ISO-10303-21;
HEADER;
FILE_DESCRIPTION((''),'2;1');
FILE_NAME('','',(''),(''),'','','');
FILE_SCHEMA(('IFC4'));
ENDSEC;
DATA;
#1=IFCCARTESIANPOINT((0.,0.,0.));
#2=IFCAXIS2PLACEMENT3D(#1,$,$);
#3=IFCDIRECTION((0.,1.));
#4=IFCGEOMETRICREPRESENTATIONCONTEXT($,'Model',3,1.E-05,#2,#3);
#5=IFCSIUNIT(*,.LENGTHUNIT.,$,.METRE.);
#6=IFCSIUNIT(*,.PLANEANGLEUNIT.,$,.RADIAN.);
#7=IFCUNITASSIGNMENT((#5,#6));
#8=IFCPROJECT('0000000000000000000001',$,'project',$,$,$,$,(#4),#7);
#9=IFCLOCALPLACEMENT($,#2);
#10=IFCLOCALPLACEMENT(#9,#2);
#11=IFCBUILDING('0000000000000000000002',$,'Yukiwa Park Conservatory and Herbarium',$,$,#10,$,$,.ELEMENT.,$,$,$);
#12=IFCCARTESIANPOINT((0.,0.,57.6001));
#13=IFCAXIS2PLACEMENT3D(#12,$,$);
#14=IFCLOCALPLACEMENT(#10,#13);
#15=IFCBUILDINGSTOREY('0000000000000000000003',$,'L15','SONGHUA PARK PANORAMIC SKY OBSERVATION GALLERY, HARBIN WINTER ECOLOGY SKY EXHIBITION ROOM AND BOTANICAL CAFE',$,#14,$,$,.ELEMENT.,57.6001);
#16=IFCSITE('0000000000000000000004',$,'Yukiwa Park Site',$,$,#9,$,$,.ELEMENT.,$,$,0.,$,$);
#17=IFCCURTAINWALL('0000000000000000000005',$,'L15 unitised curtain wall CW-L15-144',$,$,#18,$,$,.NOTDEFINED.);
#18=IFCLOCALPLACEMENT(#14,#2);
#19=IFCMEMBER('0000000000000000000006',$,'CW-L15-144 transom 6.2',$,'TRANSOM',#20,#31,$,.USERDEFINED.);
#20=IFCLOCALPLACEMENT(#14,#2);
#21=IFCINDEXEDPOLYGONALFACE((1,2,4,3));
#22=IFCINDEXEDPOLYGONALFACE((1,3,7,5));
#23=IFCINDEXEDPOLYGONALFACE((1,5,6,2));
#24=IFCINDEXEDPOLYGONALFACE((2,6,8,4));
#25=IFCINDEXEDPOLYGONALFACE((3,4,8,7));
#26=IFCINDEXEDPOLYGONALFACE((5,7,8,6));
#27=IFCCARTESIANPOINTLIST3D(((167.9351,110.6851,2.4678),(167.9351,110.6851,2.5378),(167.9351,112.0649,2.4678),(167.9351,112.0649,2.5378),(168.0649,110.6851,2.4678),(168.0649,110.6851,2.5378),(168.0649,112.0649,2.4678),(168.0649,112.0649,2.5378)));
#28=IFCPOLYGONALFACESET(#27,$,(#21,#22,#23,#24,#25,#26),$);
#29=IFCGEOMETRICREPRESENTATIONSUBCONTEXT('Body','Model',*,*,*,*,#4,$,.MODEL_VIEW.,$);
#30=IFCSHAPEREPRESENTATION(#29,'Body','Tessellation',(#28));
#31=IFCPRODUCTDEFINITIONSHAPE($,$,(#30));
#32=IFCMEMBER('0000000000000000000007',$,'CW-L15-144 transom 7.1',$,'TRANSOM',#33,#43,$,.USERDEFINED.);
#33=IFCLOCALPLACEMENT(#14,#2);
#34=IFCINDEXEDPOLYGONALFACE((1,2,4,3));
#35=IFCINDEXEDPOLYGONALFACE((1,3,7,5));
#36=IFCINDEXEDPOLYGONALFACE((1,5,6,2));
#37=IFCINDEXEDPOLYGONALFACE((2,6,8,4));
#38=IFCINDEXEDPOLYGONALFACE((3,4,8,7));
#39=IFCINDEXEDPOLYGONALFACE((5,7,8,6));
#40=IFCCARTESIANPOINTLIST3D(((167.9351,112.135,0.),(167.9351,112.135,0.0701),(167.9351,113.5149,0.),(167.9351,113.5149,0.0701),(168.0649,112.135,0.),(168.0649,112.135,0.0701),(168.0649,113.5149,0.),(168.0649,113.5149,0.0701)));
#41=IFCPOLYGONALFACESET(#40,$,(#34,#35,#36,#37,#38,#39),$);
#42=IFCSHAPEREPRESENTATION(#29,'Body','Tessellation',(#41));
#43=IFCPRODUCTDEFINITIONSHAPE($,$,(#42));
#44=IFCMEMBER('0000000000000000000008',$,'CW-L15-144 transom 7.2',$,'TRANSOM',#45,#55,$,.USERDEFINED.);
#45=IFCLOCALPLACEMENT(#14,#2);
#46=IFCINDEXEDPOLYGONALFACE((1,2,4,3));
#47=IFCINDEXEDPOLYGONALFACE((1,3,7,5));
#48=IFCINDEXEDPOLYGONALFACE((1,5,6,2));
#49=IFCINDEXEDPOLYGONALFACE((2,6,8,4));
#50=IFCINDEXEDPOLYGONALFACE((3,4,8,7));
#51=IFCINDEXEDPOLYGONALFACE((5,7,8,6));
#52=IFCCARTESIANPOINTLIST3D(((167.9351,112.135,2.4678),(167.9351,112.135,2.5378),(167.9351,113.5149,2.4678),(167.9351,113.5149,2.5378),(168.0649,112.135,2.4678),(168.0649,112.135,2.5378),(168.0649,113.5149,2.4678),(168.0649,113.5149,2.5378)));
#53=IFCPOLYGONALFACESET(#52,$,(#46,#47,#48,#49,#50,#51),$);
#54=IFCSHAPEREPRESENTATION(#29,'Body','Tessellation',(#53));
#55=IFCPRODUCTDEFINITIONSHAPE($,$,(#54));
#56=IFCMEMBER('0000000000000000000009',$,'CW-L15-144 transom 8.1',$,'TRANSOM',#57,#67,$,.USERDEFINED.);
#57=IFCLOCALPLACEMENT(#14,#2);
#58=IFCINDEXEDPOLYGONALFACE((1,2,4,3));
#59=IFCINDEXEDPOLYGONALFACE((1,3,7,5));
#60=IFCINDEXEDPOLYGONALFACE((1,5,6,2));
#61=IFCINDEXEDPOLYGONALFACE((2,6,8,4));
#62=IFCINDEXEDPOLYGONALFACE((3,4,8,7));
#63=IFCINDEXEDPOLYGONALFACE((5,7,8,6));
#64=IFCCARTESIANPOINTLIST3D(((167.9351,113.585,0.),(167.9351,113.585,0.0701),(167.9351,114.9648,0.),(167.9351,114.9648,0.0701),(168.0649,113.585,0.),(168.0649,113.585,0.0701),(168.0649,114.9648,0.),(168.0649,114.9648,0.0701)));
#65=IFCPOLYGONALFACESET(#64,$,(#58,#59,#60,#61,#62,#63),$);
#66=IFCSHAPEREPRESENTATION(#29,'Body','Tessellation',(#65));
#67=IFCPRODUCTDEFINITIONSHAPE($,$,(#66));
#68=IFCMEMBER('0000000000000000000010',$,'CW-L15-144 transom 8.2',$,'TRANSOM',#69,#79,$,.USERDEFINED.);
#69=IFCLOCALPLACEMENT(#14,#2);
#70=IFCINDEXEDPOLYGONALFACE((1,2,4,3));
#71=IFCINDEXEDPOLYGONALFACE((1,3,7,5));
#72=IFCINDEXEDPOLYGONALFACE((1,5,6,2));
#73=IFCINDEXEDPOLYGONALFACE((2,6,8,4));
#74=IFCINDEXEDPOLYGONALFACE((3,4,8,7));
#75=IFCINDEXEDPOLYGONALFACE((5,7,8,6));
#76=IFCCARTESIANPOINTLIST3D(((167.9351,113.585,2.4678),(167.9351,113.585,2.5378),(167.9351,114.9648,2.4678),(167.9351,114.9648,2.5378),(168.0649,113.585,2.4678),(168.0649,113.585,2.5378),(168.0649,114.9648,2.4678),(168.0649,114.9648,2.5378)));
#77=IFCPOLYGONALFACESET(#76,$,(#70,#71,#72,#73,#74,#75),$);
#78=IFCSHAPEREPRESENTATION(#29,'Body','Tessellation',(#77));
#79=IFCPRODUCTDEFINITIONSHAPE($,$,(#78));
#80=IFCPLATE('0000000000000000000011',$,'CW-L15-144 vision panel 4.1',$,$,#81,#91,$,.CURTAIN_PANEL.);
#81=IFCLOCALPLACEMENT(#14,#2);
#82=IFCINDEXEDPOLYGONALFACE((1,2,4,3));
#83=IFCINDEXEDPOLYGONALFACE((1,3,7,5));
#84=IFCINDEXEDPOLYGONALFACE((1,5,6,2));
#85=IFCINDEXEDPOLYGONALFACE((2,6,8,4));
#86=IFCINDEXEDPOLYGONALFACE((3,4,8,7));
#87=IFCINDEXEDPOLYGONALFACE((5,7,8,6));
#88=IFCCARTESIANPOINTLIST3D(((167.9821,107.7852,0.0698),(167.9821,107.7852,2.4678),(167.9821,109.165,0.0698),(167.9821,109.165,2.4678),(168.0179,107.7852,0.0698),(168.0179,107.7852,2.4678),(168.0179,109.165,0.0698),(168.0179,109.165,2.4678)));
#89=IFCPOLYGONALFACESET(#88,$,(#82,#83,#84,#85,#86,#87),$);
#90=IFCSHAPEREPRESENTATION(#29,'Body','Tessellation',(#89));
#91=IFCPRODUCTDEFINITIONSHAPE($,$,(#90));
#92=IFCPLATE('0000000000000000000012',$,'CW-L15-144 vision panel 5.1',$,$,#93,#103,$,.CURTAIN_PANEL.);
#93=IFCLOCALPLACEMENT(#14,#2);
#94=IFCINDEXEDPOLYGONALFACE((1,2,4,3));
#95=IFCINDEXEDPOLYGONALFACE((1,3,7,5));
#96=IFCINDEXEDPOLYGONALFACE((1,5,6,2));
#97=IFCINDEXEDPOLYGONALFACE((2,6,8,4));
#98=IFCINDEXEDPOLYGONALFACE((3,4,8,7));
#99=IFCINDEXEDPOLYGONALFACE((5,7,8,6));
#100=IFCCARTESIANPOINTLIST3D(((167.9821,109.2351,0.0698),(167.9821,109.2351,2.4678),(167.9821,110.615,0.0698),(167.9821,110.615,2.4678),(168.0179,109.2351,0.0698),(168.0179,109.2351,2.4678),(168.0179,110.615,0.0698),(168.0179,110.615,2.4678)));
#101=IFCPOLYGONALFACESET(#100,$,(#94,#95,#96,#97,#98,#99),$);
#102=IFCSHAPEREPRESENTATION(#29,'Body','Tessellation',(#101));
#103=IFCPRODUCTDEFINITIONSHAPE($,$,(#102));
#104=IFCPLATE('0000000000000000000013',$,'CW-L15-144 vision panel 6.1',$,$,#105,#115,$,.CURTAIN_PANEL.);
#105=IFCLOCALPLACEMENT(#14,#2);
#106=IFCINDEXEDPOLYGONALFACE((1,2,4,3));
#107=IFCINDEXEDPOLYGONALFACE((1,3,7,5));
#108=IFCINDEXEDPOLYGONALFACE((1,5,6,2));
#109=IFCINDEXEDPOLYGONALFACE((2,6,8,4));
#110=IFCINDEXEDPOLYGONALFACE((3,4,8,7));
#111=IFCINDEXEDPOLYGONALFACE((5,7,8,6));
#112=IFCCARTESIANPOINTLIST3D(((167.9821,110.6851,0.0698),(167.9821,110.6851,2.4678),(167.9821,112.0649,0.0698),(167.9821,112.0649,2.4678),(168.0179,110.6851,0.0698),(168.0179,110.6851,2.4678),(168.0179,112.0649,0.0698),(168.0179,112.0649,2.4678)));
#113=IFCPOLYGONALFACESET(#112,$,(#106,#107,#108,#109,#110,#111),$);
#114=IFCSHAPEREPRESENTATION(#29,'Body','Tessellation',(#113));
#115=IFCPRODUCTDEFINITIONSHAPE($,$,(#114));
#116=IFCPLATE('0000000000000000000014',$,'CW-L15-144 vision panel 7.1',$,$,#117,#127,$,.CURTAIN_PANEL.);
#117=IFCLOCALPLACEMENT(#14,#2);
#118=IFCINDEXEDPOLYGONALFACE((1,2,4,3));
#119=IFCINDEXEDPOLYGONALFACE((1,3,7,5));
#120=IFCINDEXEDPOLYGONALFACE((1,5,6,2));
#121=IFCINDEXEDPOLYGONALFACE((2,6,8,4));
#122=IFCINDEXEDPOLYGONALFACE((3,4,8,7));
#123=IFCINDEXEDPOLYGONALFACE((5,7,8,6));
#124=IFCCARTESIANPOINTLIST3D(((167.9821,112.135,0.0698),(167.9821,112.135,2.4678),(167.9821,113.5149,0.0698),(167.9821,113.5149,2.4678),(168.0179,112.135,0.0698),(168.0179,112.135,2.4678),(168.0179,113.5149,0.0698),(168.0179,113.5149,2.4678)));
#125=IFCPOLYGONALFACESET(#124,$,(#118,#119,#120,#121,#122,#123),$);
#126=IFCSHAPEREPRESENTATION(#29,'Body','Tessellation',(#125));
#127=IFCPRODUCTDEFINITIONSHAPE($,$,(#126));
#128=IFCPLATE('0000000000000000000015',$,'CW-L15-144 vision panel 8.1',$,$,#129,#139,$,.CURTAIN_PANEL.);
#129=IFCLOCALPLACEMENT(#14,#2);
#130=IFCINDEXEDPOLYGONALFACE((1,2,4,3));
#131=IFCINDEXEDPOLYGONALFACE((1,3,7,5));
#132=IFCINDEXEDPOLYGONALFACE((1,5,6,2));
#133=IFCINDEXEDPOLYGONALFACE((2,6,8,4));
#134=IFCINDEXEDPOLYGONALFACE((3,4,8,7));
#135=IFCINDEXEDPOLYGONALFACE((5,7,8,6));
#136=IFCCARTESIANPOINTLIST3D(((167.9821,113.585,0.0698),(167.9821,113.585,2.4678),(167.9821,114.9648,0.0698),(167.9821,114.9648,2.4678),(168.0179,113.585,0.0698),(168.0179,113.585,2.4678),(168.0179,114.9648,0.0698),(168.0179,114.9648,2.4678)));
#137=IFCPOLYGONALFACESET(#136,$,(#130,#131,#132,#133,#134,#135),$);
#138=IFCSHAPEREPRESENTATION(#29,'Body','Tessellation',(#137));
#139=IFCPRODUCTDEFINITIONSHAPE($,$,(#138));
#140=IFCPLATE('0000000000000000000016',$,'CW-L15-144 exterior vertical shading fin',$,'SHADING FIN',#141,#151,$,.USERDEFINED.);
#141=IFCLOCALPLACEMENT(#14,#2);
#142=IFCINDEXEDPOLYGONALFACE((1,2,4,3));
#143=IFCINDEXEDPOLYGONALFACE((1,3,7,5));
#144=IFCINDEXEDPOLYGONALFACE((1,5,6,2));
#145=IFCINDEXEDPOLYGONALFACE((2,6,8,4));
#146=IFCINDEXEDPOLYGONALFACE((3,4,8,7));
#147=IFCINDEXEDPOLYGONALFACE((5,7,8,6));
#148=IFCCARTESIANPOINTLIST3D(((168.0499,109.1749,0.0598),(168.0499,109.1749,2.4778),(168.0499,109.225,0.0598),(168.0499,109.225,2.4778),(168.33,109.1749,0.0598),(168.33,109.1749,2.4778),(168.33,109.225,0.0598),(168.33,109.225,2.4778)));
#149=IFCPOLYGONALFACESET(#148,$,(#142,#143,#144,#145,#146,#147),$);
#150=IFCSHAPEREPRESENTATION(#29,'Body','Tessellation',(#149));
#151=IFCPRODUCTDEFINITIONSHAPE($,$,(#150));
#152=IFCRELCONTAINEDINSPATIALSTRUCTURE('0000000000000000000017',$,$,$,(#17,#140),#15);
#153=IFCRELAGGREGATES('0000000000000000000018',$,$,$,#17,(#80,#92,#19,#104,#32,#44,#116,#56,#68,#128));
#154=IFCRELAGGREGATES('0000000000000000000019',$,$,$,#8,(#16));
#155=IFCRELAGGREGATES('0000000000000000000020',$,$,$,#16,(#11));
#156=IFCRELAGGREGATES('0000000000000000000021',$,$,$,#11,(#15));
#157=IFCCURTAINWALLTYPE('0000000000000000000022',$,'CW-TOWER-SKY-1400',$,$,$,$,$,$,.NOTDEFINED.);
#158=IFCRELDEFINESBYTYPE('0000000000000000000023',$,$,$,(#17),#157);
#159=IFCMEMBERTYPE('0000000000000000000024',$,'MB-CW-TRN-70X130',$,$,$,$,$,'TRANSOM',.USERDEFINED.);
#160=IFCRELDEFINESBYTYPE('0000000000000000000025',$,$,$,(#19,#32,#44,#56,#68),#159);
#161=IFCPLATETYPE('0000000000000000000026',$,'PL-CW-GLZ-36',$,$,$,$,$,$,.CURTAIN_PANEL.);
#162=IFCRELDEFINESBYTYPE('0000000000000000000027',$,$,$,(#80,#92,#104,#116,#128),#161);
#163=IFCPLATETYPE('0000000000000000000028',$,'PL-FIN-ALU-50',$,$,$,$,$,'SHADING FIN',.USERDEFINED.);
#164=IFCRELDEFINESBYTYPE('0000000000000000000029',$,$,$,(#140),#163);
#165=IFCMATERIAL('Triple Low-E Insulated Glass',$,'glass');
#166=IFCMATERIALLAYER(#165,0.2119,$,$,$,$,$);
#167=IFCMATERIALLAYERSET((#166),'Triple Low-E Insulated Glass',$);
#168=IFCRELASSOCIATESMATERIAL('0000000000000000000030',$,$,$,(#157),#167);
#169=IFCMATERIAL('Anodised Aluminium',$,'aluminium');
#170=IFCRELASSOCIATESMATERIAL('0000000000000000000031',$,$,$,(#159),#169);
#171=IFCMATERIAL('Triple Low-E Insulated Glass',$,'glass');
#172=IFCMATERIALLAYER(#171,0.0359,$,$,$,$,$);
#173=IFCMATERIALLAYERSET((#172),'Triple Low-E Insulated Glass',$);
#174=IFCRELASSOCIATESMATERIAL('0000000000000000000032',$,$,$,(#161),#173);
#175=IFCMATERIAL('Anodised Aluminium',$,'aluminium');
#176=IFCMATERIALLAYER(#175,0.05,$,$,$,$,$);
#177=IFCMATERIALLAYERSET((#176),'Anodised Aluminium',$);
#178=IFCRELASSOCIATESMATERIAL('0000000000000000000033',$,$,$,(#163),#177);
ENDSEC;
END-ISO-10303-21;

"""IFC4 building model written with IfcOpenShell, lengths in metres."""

from ifc_helpers import new_model, si_unit, direction, frame, origin, origin_2d, place, context, subcontext, project, spatial, rectangle, extrude, material, layer, layer_set, type_object, element, aggregate, save


model = new_model("IFC4")

# Units and contexts
model_context = context("Model", 3, precision=1e-05, world=origin(), true_north=direction((0.0, 1.0)))
body_context = subcontext(model_context, "Body", "Model", "MODEL_VIEW")
ifc_project = project(units=[si_unit("LENGTHUNIT", "METRE"), si_unit("PLANEANGLEUNIT", "RADIAN")], contexts=[model_context])

# Site, building, storey
site_placement = place(None, origin())
site = spatial("IfcSite", under=ifc_project, at=site_placement, Name="Yukiwa Park Site", CompositionType="ELEMENT", RefElevation=0.0)
building_placement = place(site_placement, origin())
building = spatial("IfcBuilding", under=site, at=building_placement, Name="Yukiwa Park Conservatory and Herbarium", CompositionType="ELEMENT")
storey_placement = place(building_placement, frame((0.0, 0.0, 57.6001)))
storey = spatial("IfcBuildingStorey", under=building, at=storey_placement, Name="L15", Description="SONGHUA PARK PANORAMIC SKY OBSERVATION GALLERY, HARBIN WINTER ECOLOGY SKY EXHIBITION ROOM AND BOTANICAL CAFE", CompositionType="ELEMENT", Elevation=57.6001)

# Curtain wall, members, plates
ifc_material_1 = material(Name="Triple Low-E Insulated Glass", Category="glass")
ifc_layer_1 = layer(ifc_material_1, 0.2119)
ifc_layer_set_1 = layer_set([ifc_layer_1], Name="Triple Low-E Insulated Glass")
curtain_wall_type = type_object("IfcCurtainWallType", Name="CW-TOWER-SKY-1400", PredefinedType="NOTDEFINED", material=ifc_layer_set_1)
curtain_wall_placement = place(storey_placement, origin())
curtain_wall = element("IfcCurtainWall", 1, at=curtain_wall_placement, inside=storey, type_object=curtain_wall_type, Name="L15 unitised curtain wall CW-L15-144", PredefinedType="NOTDEFINED")
ifc_material_2 = material(Name="Anodised Aluminium", Category="aluminium")
member_type_1 = type_object("IfcMemberType", Name="MB-CW-TRN-70X130", ElementType="TRANSOM", PredefinedType="USERDEFINED", material=ifc_material_2)
member_1_placement = place(storey_placement, frame((168.0, 111.375, 2.4678), z_axis=(0.0, 0.0, 1.0), x_axis=(0.0, 1.0, 0.0)))
member_1 = element("IfcMember", 2, at=member_1_placement, type_object=member_type_1, Name="CW-L15-144 transom 6.2", ObjectType="TRANSOM", PredefinedType="USERDEFINED", context=body_context, shape_type="SweptSolid", body=[
    extrude(rectangle(XDim=1.3799, YDim=0.1299, at=origin_2d()), origin(), (0.0, 0.0, 1.0), 0.0701),
])
member_2_placement = place(storey_placement, frame((168.0, 112.825, 0.0), z_axis=(0.0, 0.0, 1.0), x_axis=(0.0, 1.0, 0.0)))
member_2 = element("IfcMember", 3, at=member_2_placement, type_object=member_type_1, Name="CW-L15-144 transom 7.1", ObjectType="TRANSOM", PredefinedType="USERDEFINED", context=body_context, shape_type="SweptSolid", body=[
    extrude(rectangle(XDim=1.3799, YDim=0.1299, at=origin_2d()), origin(), (0.0, 0.0, 1.0), 0.0701),
])
member_3_placement = place(storey_placement, frame((168.0, 112.825, 2.4678), z_axis=(0.0, 0.0, 1.0), x_axis=(0.0, 1.0, 0.0)))
member_3 = element("IfcMember", 4, at=member_3_placement, type_object=member_type_1, Name="CW-L15-144 transom 7.2", ObjectType="TRANSOM", PredefinedType="USERDEFINED", context=body_context, shape_type="SweptSolid", body=[
    extrude(rectangle(XDim=1.3799, YDim=0.1299, at=origin_2d()), origin(), (0.0, 0.0, 1.0), 0.0701),
])
member_4_placement = place(storey_placement, frame((168.0, 114.2749, 0.0), z_axis=(0.0, 0.0, 1.0), x_axis=(0.0, 1.0, 0.0)))
member_4 = element("IfcMember", 5, at=member_4_placement, type_object=member_type_1, Name="CW-L15-144 transom 8.1", ObjectType="TRANSOM", PredefinedType="USERDEFINED", context=body_context, shape_type="SweptSolid", body=[
    extrude(rectangle(XDim=1.3799, YDim=0.1299, at=origin_2d()), origin(), (0.0, 0.0, 1.0), 0.0701),
])
member_5_placement = place(storey_placement, frame((168.0, 114.2749, 2.4678), z_axis=(0.0, 0.0, 1.0), x_axis=(0.0, 1.0, 0.0)))
member_5 = element("IfcMember", 6, at=member_5_placement, type_object=member_type_1, Name="CW-L15-144 transom 8.2", ObjectType="TRANSOM", PredefinedType="USERDEFINED", context=body_context, shape_type="SweptSolid", body=[
    extrude(rectangle(XDim=1.3799, YDim=0.1299, at=origin_2d()), origin(), (0.0, 0.0, 1.0), 0.0701),
])
ifc_material_3 = material(Name="Triple Low-E Insulated Glass", Category="glass")
ifc_layer_2 = layer(ifc_material_3, 0.0359)
ifc_layer_set_2 = layer_set([ifc_layer_2], Name="Triple Low-E Insulated Glass")
plate_type_1 = type_object("IfcPlateType", Name="PL-CW-GLZ-36", PredefinedType="CURTAIN_PANEL", material=ifc_layer_set_2)
plate_1_placement = place(storey_placement, frame((168.0, 108.4751, 0.0698), z_axis=(0.0, 0.0, 1.0), x_axis=(0.0, 1.0, 0.0)))
plate_1 = element("IfcPlate", 7, at=plate_1_placement, type_object=plate_type_1, Name="CW-L15-144 vision panel 4.1", PredefinedType="CURTAIN_PANEL", context=body_context, shape_type="SweptSolid", body=[
    extrude(rectangle(XDim=1.3799, YDim=0.0359, at=origin_2d()), origin(), (0.0, 0.0, 1.0), 2.3979),
])
plate_2_placement = place(storey_placement, frame((168.0, 109.925, 0.0698), z_axis=(0.0, 0.0, 1.0), x_axis=(0.0, 1.0, 0.0)))
plate_2 = element("IfcPlate", 8, at=plate_2_placement, type_object=plate_type_1, Name="CW-L15-144 vision panel 5.1", PredefinedType="CURTAIN_PANEL", context=body_context, shape_type="SweptSolid", body=[
    extrude(rectangle(XDim=1.3799, YDim=0.0359, at=origin_2d()), origin(), (0.0, 0.0, 1.0), 2.3979),
])
plate_3_placement = place(storey_placement, frame((168.0, 111.375, 0.0698), z_axis=(0.0, 0.0, 1.0), x_axis=(0.0, 1.0, 0.0)))
plate_3 = element("IfcPlate", 9, at=plate_3_placement, type_object=plate_type_1, Name="CW-L15-144 vision panel 6.1", PredefinedType="CURTAIN_PANEL", context=body_context, shape_type="SweptSolid", body=[
    extrude(rectangle(XDim=1.3799, YDim=0.0359, at=origin_2d()), origin(), (0.0, 0.0, 1.0), 2.3979),
])
plate_4_placement = place(storey_placement, frame((168.0, 112.825, 0.0698), z_axis=(0.0, 0.0, 1.0), x_axis=(0.0, 1.0, 0.0)))
plate_4 = element("IfcPlate", 10, at=plate_4_placement, type_object=plate_type_1, Name="CW-L15-144 vision panel 7.1", PredefinedType="CURTAIN_PANEL", context=body_context, shape_type="SweptSolid", body=[
    extrude(rectangle(XDim=1.3799, YDim=0.0359, at=origin_2d()), origin(), (0.0, 0.0, 1.0), 2.3979),
])
plate_5_placement = place(storey_placement, frame((168.0, 114.2749, 0.0698), z_axis=(0.0, 0.0, 1.0), x_axis=(0.0, 1.0, 0.0)))
plate_5 = element("IfcPlate", 11, at=plate_5_placement, type_object=plate_type_1, Name="CW-L15-144 vision panel 8.1", PredefinedType="CURTAIN_PANEL", context=body_context, shape_type="SweptSolid", body=[
    extrude(rectangle(XDim=1.3799, YDim=0.0359, at=origin_2d()), origin(), (0.0, 0.0, 1.0), 2.3979),
])
aggregate(curtain_wall, [plate_1, plate_2, member_1, plate_3, member_2, member_3, plate_4, member_4, member_5, plate_5])

# Plate
ifc_material_4 = material(Name="Anodised Aluminium", Category="aluminium")
ifc_layer_3 = layer(ifc_material_4, 0.05)
ifc_layer_set_3 = layer_set([ifc_layer_3], Name="Anodised Aluminium")
plate_type_2 = type_object("IfcPlateType", Name="PL-FIN-ALU-50", ElementType="SHADING FIN", PredefinedType="USERDEFINED", material=ifc_layer_set_3)
plate_6_placement = place(storey_placement, frame((168.1899, 109.2, 0.0598), z_axis=(0.0, 0.0, 1.0), x_axis=(0.0, 1.0, 0.0)))
element("IfcPlate", 12, at=plate_6_placement, inside=storey, type_object=plate_type_2, Name="CW-L15-144 exterior vertical shading fin", ObjectType="SHADING FIN", PredefinedType="USERDEFINED", context=body_context, shape_type="SweptSolid", body=[
    extrude(rectangle(XDim=0.05, YDim=0.28, at=origin_2d()), origin(), (0.0, 0.0, 1.0), 2.418),
])

save(model, "model.ifc")
